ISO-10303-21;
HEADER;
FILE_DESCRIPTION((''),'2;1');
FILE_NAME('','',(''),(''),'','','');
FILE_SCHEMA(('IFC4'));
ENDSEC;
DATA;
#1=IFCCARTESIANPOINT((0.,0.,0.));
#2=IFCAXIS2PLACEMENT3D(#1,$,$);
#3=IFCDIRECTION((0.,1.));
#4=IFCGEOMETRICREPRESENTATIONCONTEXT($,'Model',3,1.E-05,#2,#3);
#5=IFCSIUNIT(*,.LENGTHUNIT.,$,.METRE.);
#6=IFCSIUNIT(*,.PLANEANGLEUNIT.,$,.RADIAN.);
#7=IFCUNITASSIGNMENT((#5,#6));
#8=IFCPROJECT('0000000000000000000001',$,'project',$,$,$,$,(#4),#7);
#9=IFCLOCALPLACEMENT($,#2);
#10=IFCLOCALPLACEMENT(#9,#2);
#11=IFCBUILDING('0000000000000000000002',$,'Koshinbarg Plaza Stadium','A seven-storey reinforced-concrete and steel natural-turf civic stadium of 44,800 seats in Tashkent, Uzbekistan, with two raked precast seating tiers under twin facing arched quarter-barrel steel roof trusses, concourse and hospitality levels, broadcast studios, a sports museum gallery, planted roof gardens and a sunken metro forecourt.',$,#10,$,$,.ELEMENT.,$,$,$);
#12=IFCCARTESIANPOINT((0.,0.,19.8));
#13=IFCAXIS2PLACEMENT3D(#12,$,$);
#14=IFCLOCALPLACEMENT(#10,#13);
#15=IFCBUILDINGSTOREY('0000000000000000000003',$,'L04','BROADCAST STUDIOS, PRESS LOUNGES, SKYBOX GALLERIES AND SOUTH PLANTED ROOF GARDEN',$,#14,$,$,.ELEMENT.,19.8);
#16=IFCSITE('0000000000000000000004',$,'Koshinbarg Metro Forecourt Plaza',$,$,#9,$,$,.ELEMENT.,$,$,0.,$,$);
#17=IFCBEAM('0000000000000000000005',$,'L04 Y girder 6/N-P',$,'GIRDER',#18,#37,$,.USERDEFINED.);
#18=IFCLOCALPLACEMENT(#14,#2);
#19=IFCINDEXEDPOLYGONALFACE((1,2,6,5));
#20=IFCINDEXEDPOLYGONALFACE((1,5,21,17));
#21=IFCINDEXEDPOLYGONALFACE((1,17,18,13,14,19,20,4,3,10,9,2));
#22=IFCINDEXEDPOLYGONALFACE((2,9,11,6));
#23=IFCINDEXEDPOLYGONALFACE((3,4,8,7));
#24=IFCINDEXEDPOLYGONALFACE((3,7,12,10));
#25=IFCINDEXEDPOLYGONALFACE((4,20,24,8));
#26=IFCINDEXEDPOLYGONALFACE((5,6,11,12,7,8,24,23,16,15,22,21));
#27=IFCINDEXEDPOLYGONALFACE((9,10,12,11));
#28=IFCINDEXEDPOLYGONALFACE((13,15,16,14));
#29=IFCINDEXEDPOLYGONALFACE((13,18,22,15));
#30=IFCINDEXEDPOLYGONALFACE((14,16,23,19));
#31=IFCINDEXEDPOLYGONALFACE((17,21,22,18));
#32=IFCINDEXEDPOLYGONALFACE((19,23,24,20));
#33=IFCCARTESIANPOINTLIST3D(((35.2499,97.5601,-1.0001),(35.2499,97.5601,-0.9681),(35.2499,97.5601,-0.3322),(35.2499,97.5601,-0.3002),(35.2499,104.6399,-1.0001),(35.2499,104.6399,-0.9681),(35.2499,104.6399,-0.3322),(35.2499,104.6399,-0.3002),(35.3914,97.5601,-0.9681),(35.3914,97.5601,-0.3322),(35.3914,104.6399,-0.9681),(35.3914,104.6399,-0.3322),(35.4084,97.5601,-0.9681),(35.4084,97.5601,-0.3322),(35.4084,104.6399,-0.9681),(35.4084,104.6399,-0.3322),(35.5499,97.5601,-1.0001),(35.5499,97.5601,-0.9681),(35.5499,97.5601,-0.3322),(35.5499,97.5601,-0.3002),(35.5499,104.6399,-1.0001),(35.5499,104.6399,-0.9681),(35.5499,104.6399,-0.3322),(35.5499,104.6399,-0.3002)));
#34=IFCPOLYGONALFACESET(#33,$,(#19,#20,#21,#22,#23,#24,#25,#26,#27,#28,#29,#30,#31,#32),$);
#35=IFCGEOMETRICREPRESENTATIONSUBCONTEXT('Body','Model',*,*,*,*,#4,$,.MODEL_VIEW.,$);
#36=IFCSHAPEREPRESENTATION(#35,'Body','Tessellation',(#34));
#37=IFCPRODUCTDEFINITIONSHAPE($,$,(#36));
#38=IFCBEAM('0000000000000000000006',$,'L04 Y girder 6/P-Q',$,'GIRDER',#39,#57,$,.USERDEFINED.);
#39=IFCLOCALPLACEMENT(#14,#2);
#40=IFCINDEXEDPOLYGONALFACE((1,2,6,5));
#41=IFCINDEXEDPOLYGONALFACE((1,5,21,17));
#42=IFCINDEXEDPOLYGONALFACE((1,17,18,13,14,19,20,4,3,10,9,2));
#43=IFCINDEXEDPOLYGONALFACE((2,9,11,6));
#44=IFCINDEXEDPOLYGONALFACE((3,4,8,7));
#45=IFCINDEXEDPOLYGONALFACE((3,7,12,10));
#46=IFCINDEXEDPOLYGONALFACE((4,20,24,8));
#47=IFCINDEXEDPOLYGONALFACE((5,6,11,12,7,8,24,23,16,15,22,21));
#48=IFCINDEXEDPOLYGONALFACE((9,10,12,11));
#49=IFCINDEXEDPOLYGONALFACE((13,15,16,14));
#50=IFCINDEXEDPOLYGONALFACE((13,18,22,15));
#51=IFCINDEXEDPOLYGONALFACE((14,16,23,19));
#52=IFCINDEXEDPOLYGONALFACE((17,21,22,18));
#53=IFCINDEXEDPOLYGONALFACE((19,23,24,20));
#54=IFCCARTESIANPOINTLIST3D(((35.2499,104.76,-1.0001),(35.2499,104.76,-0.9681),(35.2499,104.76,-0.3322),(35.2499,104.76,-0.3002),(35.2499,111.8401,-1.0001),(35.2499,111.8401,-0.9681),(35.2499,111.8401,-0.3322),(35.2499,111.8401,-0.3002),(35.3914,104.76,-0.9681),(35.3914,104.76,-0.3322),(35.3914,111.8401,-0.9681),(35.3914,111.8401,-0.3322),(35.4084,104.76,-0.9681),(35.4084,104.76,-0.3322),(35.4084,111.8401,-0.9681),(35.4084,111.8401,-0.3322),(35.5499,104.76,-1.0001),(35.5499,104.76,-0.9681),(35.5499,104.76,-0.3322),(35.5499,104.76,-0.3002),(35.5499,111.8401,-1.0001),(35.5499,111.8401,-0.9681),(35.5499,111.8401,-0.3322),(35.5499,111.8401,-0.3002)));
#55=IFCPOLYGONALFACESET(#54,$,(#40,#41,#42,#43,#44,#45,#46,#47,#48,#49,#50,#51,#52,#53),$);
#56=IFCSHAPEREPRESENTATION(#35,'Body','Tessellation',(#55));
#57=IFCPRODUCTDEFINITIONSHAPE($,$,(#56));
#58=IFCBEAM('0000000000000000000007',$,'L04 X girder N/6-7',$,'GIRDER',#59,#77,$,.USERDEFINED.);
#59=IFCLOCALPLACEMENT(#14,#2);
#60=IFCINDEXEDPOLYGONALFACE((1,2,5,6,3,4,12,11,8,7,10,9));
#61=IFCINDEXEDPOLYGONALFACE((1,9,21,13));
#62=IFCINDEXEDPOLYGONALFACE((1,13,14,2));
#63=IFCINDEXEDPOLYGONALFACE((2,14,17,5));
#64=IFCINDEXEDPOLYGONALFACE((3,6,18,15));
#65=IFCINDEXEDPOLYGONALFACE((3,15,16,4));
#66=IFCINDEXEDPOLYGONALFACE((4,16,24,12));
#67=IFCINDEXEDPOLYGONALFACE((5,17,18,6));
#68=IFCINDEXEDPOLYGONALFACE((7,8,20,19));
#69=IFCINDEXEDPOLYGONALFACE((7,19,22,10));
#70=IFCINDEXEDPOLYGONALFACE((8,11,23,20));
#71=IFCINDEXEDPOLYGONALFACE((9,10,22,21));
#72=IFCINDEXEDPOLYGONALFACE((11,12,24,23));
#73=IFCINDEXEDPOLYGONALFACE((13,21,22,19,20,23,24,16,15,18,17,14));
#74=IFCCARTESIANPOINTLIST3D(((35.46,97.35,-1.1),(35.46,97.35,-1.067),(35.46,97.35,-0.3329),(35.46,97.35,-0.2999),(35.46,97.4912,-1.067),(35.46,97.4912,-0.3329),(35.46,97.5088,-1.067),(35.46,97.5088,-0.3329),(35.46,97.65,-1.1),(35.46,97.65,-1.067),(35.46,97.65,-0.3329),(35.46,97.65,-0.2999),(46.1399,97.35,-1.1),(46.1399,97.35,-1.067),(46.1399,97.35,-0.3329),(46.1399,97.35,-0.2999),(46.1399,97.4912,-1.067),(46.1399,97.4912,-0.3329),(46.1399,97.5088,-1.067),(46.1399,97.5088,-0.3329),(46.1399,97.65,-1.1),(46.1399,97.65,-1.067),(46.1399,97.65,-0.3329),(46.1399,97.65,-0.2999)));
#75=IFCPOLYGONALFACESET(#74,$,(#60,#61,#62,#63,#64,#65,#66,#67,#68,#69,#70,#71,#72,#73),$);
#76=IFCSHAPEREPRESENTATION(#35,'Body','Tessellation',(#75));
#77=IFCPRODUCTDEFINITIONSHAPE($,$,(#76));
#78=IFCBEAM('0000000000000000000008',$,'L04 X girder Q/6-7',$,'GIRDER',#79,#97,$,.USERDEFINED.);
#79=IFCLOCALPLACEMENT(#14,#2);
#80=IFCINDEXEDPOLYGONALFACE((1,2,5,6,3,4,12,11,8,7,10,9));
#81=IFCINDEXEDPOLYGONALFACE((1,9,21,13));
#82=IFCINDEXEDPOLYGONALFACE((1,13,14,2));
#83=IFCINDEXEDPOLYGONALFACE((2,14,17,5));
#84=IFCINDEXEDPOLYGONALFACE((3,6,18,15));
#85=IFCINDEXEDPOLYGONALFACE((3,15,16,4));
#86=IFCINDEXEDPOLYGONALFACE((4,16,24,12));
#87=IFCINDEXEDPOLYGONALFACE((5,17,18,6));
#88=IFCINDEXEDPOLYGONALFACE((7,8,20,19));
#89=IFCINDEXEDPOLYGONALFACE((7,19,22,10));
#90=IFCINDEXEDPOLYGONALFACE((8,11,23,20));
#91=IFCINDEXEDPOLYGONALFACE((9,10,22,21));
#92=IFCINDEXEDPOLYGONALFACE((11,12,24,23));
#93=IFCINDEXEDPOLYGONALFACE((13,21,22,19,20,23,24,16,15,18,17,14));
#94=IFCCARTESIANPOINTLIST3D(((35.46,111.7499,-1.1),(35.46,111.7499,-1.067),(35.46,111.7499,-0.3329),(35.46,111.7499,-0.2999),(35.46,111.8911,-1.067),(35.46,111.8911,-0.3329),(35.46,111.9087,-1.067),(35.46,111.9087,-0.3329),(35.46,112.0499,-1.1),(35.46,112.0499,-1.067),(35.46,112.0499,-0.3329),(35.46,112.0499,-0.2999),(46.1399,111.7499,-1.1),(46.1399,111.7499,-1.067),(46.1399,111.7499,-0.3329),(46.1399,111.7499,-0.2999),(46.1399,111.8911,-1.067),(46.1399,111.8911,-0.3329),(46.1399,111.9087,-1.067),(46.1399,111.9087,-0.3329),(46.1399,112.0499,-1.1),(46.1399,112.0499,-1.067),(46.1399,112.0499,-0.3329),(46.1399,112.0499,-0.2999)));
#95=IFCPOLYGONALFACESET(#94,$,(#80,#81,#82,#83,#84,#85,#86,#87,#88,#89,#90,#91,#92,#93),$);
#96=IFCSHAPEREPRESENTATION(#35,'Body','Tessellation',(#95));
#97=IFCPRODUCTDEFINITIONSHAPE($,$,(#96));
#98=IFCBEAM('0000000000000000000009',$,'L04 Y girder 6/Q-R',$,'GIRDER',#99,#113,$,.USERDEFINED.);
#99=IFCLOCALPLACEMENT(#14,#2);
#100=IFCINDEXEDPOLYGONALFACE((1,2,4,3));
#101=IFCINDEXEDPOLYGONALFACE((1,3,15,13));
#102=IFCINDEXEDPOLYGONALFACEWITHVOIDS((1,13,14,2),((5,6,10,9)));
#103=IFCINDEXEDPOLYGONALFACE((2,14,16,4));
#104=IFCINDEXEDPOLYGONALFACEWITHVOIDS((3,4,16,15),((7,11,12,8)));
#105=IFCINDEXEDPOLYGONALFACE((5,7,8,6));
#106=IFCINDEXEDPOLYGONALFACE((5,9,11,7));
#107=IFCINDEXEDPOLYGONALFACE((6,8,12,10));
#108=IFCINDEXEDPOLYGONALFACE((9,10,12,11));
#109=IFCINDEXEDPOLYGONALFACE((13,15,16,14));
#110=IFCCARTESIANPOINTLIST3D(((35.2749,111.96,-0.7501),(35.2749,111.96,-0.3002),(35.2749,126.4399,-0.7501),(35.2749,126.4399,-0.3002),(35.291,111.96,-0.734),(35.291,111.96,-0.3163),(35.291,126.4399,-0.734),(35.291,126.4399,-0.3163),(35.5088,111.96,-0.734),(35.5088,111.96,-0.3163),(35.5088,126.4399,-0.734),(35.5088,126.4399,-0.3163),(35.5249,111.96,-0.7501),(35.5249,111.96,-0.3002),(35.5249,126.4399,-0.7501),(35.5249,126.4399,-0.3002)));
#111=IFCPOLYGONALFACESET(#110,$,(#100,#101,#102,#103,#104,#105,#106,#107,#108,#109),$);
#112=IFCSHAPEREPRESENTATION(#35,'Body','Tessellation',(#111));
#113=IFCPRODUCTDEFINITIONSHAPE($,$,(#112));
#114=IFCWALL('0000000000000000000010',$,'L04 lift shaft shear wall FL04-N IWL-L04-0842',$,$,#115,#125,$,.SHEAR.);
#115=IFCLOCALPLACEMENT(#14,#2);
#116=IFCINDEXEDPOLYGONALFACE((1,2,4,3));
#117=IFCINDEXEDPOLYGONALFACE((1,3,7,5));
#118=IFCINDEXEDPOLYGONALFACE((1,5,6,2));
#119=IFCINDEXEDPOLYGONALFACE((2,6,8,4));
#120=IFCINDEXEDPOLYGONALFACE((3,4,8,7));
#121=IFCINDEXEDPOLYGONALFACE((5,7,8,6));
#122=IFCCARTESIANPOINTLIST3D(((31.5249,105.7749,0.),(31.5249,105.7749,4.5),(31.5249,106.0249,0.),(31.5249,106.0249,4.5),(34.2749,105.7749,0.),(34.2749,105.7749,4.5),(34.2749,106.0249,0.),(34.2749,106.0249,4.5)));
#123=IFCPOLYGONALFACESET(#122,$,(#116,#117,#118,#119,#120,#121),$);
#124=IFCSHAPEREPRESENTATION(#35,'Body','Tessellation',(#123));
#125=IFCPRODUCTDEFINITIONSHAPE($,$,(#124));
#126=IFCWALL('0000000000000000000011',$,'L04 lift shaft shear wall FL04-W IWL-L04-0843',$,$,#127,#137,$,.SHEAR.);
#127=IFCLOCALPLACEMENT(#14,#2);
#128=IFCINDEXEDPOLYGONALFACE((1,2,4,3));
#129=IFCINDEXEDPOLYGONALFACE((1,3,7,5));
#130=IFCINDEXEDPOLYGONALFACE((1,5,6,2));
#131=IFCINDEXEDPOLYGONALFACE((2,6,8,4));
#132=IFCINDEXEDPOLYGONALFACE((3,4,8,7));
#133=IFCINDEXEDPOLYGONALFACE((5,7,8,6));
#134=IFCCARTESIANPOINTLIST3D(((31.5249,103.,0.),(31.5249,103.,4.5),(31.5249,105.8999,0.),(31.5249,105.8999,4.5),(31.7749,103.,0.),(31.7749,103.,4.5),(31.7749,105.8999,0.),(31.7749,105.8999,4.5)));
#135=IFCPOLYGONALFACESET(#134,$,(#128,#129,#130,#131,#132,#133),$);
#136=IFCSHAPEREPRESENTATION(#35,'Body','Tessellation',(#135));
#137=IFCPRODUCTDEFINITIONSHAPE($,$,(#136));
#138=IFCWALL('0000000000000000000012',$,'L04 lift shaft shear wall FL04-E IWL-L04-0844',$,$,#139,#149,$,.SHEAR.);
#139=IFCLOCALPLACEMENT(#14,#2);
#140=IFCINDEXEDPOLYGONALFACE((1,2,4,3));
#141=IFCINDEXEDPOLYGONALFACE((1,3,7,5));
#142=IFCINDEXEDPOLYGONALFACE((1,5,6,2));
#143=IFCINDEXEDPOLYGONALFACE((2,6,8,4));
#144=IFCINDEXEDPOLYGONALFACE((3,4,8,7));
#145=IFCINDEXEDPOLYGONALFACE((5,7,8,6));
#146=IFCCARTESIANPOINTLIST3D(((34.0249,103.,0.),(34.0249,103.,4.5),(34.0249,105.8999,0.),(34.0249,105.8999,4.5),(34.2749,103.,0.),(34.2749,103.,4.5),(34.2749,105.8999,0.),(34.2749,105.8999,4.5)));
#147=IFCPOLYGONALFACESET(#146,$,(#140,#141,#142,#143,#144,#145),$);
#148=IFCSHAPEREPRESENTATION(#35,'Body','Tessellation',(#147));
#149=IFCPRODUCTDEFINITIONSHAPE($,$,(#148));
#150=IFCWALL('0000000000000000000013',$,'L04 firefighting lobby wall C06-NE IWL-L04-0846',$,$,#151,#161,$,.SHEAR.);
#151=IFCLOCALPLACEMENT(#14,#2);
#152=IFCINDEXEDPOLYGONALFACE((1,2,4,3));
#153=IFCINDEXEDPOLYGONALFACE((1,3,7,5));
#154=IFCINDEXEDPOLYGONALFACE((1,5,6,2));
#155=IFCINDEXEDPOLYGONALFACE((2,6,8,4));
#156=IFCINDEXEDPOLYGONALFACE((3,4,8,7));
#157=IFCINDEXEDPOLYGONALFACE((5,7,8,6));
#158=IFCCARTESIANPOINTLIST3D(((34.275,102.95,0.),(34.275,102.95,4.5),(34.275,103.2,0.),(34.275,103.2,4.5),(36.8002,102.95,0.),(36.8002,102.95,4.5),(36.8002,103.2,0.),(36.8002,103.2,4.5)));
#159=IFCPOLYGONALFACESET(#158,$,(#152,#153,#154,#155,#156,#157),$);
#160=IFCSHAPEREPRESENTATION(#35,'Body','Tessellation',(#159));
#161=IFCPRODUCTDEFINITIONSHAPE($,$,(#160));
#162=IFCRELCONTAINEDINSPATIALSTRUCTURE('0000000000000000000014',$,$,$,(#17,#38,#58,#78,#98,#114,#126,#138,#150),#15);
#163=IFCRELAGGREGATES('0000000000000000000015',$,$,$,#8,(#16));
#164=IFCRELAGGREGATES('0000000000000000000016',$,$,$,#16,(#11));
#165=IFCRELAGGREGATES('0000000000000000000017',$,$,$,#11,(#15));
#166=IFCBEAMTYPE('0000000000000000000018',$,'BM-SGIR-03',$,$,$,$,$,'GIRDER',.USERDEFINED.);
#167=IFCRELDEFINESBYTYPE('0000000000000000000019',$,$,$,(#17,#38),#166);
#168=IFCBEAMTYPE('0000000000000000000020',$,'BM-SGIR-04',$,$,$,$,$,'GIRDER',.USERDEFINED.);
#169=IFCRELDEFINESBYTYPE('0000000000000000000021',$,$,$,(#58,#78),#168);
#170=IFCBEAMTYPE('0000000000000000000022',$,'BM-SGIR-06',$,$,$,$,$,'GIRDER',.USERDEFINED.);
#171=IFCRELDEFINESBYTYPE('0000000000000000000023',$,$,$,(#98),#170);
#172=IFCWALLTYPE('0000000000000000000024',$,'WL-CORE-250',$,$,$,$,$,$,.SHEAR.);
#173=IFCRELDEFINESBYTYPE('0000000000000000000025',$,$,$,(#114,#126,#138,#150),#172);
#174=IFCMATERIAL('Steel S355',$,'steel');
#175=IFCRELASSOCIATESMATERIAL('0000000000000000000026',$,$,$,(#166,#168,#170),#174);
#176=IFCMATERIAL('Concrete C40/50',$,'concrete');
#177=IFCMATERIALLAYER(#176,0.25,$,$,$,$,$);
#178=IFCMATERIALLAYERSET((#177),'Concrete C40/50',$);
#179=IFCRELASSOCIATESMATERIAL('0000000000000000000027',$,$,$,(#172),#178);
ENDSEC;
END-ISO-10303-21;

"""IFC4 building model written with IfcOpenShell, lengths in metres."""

from ifc_helpers import new_model, si_unit, direction, frame, frame_2d, origin, origin_2d, place, context, subcontext, project, spatial, rectangle, hollow_rectangle, i_section, extrude, material, layer, layer_set, material_profile, profile_set, type_object, element, save


model = new_model("IFC4")

# Units and contexts
model_context = context("Model", 3, precision=1e-05, world=origin(), true_north=direction((0.0, 1.0)))
body_context = subcontext(model_context, "Body", "Model", "MODEL_VIEW")
ifc_project = project(units=[si_unit("LENGTHUNIT", "METRE"), si_unit("PLANEANGLEUNIT", "RADIAN")], contexts=[model_context])

# Site, building, storey
site_placement = place(None, origin())
site = spatial("IfcSite", under=ifc_project, at=site_placement, Name="Koshinbarg Metro Forecourt Plaza", CompositionType="ELEMENT", RefElevation=0.0)
building_placement = place(site_placement, origin())
building = spatial("IfcBuilding", under=site, at=building_placement, Name="Koshinbarg Plaza Stadium", Description="A seven-storey reinforced-concrete and steel natural-turf civic stadium of 44,800 seats in Tashkent, Uzbekistan, with two raked precast seating tiers under twin facing arched quarter-barrel steel roof trusses, concourse and hospitality levels, broadcast studios, a sports museum gallery, planted roof gardens and a sunken metro forecourt.", CompositionType="ELEMENT")
storey_placement = place(building_placement, frame((0.0, 0.0, 19.8)))
storey = spatial("IfcBuildingStorey", under=building, at=storey_placement, Name="L04", Description="BROADCAST STUDIOS, PRESS LOUNGES, SKYBOX GALLERIES AND SOUTH PLANTED ROOF GARDEN", CompositionType="ELEMENT", Elevation=19.8)

# Shared definitions
ifc_material_1 = material(Name="Steel S355", Category="steel")

# Beams
ifc_material_profile_1 = material_profile(ifc_material_1, i_section(OverallWidth=0.3, OverallDepth=0.7, WebThickness=0.0171, FlangeThickness=0.032, at=origin_2d()), Name="HEB 700")
ifc_profile_set_1 = profile_set([ifc_material_profile_1], Name="Steel S355")
beam_type_1 = type_object("IfcBeamType", Name="BM-SGIR-03", ElementType="GIRDER", PredefinedType="USERDEFINED", material=ifc_profile_set_1)
beam_1_placement = place(storey_placement, frame((35.3999, 97.5601, -0.6501), z_axis=(0.0, 1.0, 0.0), x_axis=(-1.0, 0.0, 0.0)))
element("IfcBeam", 1, at=beam_1_placement, inside=storey, type_object=beam_type_1, Name="L04 Y girder 6/N-P", ObjectType="GIRDER", PredefinedType="USERDEFINED", context=body_context, shape_type="SweptSolid", body=[
    extrude(i_section(OverallWidth=0.3, OverallDepth=0.7, WebThickness=0.0171, FlangeThickness=0.032, at=origin_2d()), origin(), (0.0, 0.0, 1.0), 7.0798),
])
beam_2_placement = place(storey_placement, frame((35.3999, 104.76, -0.6501), z_axis=(0.0, 1.0, 0.0), x_axis=(-1.0, 0.0, 0.0)))
element("IfcBeam", 2, at=beam_2_placement, inside=storey, type_object=beam_type_1, Name="L04 Y girder 6/P-Q", ObjectType="GIRDER", PredefinedType="USERDEFINED", context=body_context, shape_type="SweptSolid", body=[
    extrude(i_section(OverallWidth=0.3, OverallDepth=0.7, WebThickness=0.0171, FlangeThickness=0.032, at=origin_2d()), origin(), (0.0, 0.0, 1.0), 7.0801),
])
ifc_material_profile_2 = material_profile(ifc_material_1, i_section(OverallWidth=0.3, OverallDepth=0.8, WebThickness=0.0176, FlangeThickness=0.033, at=origin_2d()), Name="HEB 800")
ifc_profile_set_2 = profile_set([ifc_material_profile_2], Name="Steel S355")
beam_type_2 = type_object("IfcBeamType", Name="BM-SGIR-04", ElementType="GIRDER", PredefinedType="USERDEFINED", material=ifc_profile_set_2)
for number, where, z_axis, x_axis, name in (
    (3, (35.46, 97.5, -0.7), (1.0, 0.0, 0.0), (0.0, 1.0, 0.0), "L04 X girder N/6-7"),
    (4, (35.46, 111.8999, -0.7), (1.0, 0.0, 0.0), (0.0, 1.0, 0.0), "L04 X girder Q/6-7"),
):
    element("IfcBeam", number, at=place(storey_placement, frame(where, z_axis=z_axis, x_axis=x_axis)), inside=storey, type_object=beam_type_2, Name=name, ObjectType="GIRDER", PredefinedType="USERDEFINED", context=body_context, shape_type="SweptSolid", body=[
        extrude(i_section(OverallWidth=0.3, OverallDepth=0.8, WebThickness=0.0176, FlangeThickness=0.033, at=origin_2d()), origin(), (0.0, 0.0, 1.0), 10.6799),
    ])
ifc_material_profile_3 = material_profile(ifc_material_1, hollow_rectangle(XDim=0.25, YDim=0.45, WallThickness=0.0161, at=origin_2d()), Name="RHS 450x250x16")
ifc_profile_set_3 = profile_set([ifc_material_profile_3], Name="Steel S355")
beam_type_3 = type_object("IfcBeamType", Name="BM-SGIR-06", ElementType="GIRDER", PredefinedType="USERDEFINED", material=ifc_profile_set_3)
beam_3_placement = place(storey_placement, frame((35.3999, 111.96, -0.5251), z_axis=(0.0, 1.0, 0.0), x_axis=(-1.0, 0.0, 0.0)))
element("IfcBeam", 5, at=beam_3_placement, inside=storey, type_object=beam_type_3, Name="L04 Y girder 6/Q-R", ObjectType="GIRDER", PredefinedType="USERDEFINED", context=body_context, shape_type="SweptSolid", body=[
    extrude(hollow_rectangle(XDim=0.25, YDim=0.45, WallThickness=0.0161, at=origin_2d()), origin(), (0.0, 0.0, 1.0), 14.48),
])

# Walls
ifc_material_2 = material(Name="Concrete C40/50", Category="concrete")
ifc_layer_1 = layer(ifc_material_2, 0.25)
ifc_layer_set_1 = layer_set([ifc_layer_1], Name="Concrete C40/50")
wall_type_1 = type_object("IfcWallType", Name="WL-CORE-250", PredefinedType="SHEAR", material=ifc_layer_set_1)
wall_1_placement = place(storey_placement, frame((34.2749, 105.8999, 0.0), z_axis=(0.0, 0.0, 1.0), x_axis=(-1.0, 0.0, 0.0)))
element("IfcWall", 6, at=wall_1_placement, inside=storey, type_object=wall_type_1, Name="L04 lift shaft shear wall FL04-N IWL-L04-0842", PredefinedType="SHEAR", context=body_context, shape_type="SweptSolid", body=[
    extrude(rectangle(XDim=2.75, YDim=0.25, at=frame_2d((1.375, 0.0))), origin(), (0.0, 0.0, 1.0), 4.5),
])
for number, where, z_axis, x_axis, name in (
    (7, (31.6499, 105.8999, 0.0), (0.0, 0.0, 1.0), (0.0, -1.0, 0.0), "L04 lift shaft shear wall FL04-W IWL-L04-0843"),
    (8, (34.1499, 103.0, 0.0), (0.0, 0.0, 1.0), (0.0, 1.0, 0.0), "L04 lift shaft shear wall FL04-E IWL-L04-0844"),
):
    element("IfcWall", number, at=place(storey_placement, frame(where, z_axis=z_axis, x_axis=x_axis)), inside=storey, type_object=wall_type_1, Name=name, PredefinedType="SHEAR", context=body_context, shape_type="SweptSolid", body=[
        extrude(rectangle(XDim=2.8999, YDim=0.25, at=frame_2d((1.45, 0.0))), origin(), (0.0, 0.0, 1.0), 4.5),
    ])

# Wall
wall_2_placement = place(storey_placement, frame((34.2749, 103.075, 0.0), z_axis=(0.0, 0.0, 1.0), x_axis=(1.0, 0.0, 0.0)))
element("IfcWall", 9, at=wall_2_placement, inside=storey, type_object=wall_type_1, Name="L04 firefighting lobby wall C06-NE IWL-L04-0846", PredefinedType="SHEAR", context=body_context, shape_type="SweptSolid", body=[
    extrude(rectangle(XDim=2.5251, YDim=0.25, at=frame_2d((1.2627, 0.0))), origin(), (0.0, 0.0, 1.0), 4.5),
])

save(model, "model.ifc")
